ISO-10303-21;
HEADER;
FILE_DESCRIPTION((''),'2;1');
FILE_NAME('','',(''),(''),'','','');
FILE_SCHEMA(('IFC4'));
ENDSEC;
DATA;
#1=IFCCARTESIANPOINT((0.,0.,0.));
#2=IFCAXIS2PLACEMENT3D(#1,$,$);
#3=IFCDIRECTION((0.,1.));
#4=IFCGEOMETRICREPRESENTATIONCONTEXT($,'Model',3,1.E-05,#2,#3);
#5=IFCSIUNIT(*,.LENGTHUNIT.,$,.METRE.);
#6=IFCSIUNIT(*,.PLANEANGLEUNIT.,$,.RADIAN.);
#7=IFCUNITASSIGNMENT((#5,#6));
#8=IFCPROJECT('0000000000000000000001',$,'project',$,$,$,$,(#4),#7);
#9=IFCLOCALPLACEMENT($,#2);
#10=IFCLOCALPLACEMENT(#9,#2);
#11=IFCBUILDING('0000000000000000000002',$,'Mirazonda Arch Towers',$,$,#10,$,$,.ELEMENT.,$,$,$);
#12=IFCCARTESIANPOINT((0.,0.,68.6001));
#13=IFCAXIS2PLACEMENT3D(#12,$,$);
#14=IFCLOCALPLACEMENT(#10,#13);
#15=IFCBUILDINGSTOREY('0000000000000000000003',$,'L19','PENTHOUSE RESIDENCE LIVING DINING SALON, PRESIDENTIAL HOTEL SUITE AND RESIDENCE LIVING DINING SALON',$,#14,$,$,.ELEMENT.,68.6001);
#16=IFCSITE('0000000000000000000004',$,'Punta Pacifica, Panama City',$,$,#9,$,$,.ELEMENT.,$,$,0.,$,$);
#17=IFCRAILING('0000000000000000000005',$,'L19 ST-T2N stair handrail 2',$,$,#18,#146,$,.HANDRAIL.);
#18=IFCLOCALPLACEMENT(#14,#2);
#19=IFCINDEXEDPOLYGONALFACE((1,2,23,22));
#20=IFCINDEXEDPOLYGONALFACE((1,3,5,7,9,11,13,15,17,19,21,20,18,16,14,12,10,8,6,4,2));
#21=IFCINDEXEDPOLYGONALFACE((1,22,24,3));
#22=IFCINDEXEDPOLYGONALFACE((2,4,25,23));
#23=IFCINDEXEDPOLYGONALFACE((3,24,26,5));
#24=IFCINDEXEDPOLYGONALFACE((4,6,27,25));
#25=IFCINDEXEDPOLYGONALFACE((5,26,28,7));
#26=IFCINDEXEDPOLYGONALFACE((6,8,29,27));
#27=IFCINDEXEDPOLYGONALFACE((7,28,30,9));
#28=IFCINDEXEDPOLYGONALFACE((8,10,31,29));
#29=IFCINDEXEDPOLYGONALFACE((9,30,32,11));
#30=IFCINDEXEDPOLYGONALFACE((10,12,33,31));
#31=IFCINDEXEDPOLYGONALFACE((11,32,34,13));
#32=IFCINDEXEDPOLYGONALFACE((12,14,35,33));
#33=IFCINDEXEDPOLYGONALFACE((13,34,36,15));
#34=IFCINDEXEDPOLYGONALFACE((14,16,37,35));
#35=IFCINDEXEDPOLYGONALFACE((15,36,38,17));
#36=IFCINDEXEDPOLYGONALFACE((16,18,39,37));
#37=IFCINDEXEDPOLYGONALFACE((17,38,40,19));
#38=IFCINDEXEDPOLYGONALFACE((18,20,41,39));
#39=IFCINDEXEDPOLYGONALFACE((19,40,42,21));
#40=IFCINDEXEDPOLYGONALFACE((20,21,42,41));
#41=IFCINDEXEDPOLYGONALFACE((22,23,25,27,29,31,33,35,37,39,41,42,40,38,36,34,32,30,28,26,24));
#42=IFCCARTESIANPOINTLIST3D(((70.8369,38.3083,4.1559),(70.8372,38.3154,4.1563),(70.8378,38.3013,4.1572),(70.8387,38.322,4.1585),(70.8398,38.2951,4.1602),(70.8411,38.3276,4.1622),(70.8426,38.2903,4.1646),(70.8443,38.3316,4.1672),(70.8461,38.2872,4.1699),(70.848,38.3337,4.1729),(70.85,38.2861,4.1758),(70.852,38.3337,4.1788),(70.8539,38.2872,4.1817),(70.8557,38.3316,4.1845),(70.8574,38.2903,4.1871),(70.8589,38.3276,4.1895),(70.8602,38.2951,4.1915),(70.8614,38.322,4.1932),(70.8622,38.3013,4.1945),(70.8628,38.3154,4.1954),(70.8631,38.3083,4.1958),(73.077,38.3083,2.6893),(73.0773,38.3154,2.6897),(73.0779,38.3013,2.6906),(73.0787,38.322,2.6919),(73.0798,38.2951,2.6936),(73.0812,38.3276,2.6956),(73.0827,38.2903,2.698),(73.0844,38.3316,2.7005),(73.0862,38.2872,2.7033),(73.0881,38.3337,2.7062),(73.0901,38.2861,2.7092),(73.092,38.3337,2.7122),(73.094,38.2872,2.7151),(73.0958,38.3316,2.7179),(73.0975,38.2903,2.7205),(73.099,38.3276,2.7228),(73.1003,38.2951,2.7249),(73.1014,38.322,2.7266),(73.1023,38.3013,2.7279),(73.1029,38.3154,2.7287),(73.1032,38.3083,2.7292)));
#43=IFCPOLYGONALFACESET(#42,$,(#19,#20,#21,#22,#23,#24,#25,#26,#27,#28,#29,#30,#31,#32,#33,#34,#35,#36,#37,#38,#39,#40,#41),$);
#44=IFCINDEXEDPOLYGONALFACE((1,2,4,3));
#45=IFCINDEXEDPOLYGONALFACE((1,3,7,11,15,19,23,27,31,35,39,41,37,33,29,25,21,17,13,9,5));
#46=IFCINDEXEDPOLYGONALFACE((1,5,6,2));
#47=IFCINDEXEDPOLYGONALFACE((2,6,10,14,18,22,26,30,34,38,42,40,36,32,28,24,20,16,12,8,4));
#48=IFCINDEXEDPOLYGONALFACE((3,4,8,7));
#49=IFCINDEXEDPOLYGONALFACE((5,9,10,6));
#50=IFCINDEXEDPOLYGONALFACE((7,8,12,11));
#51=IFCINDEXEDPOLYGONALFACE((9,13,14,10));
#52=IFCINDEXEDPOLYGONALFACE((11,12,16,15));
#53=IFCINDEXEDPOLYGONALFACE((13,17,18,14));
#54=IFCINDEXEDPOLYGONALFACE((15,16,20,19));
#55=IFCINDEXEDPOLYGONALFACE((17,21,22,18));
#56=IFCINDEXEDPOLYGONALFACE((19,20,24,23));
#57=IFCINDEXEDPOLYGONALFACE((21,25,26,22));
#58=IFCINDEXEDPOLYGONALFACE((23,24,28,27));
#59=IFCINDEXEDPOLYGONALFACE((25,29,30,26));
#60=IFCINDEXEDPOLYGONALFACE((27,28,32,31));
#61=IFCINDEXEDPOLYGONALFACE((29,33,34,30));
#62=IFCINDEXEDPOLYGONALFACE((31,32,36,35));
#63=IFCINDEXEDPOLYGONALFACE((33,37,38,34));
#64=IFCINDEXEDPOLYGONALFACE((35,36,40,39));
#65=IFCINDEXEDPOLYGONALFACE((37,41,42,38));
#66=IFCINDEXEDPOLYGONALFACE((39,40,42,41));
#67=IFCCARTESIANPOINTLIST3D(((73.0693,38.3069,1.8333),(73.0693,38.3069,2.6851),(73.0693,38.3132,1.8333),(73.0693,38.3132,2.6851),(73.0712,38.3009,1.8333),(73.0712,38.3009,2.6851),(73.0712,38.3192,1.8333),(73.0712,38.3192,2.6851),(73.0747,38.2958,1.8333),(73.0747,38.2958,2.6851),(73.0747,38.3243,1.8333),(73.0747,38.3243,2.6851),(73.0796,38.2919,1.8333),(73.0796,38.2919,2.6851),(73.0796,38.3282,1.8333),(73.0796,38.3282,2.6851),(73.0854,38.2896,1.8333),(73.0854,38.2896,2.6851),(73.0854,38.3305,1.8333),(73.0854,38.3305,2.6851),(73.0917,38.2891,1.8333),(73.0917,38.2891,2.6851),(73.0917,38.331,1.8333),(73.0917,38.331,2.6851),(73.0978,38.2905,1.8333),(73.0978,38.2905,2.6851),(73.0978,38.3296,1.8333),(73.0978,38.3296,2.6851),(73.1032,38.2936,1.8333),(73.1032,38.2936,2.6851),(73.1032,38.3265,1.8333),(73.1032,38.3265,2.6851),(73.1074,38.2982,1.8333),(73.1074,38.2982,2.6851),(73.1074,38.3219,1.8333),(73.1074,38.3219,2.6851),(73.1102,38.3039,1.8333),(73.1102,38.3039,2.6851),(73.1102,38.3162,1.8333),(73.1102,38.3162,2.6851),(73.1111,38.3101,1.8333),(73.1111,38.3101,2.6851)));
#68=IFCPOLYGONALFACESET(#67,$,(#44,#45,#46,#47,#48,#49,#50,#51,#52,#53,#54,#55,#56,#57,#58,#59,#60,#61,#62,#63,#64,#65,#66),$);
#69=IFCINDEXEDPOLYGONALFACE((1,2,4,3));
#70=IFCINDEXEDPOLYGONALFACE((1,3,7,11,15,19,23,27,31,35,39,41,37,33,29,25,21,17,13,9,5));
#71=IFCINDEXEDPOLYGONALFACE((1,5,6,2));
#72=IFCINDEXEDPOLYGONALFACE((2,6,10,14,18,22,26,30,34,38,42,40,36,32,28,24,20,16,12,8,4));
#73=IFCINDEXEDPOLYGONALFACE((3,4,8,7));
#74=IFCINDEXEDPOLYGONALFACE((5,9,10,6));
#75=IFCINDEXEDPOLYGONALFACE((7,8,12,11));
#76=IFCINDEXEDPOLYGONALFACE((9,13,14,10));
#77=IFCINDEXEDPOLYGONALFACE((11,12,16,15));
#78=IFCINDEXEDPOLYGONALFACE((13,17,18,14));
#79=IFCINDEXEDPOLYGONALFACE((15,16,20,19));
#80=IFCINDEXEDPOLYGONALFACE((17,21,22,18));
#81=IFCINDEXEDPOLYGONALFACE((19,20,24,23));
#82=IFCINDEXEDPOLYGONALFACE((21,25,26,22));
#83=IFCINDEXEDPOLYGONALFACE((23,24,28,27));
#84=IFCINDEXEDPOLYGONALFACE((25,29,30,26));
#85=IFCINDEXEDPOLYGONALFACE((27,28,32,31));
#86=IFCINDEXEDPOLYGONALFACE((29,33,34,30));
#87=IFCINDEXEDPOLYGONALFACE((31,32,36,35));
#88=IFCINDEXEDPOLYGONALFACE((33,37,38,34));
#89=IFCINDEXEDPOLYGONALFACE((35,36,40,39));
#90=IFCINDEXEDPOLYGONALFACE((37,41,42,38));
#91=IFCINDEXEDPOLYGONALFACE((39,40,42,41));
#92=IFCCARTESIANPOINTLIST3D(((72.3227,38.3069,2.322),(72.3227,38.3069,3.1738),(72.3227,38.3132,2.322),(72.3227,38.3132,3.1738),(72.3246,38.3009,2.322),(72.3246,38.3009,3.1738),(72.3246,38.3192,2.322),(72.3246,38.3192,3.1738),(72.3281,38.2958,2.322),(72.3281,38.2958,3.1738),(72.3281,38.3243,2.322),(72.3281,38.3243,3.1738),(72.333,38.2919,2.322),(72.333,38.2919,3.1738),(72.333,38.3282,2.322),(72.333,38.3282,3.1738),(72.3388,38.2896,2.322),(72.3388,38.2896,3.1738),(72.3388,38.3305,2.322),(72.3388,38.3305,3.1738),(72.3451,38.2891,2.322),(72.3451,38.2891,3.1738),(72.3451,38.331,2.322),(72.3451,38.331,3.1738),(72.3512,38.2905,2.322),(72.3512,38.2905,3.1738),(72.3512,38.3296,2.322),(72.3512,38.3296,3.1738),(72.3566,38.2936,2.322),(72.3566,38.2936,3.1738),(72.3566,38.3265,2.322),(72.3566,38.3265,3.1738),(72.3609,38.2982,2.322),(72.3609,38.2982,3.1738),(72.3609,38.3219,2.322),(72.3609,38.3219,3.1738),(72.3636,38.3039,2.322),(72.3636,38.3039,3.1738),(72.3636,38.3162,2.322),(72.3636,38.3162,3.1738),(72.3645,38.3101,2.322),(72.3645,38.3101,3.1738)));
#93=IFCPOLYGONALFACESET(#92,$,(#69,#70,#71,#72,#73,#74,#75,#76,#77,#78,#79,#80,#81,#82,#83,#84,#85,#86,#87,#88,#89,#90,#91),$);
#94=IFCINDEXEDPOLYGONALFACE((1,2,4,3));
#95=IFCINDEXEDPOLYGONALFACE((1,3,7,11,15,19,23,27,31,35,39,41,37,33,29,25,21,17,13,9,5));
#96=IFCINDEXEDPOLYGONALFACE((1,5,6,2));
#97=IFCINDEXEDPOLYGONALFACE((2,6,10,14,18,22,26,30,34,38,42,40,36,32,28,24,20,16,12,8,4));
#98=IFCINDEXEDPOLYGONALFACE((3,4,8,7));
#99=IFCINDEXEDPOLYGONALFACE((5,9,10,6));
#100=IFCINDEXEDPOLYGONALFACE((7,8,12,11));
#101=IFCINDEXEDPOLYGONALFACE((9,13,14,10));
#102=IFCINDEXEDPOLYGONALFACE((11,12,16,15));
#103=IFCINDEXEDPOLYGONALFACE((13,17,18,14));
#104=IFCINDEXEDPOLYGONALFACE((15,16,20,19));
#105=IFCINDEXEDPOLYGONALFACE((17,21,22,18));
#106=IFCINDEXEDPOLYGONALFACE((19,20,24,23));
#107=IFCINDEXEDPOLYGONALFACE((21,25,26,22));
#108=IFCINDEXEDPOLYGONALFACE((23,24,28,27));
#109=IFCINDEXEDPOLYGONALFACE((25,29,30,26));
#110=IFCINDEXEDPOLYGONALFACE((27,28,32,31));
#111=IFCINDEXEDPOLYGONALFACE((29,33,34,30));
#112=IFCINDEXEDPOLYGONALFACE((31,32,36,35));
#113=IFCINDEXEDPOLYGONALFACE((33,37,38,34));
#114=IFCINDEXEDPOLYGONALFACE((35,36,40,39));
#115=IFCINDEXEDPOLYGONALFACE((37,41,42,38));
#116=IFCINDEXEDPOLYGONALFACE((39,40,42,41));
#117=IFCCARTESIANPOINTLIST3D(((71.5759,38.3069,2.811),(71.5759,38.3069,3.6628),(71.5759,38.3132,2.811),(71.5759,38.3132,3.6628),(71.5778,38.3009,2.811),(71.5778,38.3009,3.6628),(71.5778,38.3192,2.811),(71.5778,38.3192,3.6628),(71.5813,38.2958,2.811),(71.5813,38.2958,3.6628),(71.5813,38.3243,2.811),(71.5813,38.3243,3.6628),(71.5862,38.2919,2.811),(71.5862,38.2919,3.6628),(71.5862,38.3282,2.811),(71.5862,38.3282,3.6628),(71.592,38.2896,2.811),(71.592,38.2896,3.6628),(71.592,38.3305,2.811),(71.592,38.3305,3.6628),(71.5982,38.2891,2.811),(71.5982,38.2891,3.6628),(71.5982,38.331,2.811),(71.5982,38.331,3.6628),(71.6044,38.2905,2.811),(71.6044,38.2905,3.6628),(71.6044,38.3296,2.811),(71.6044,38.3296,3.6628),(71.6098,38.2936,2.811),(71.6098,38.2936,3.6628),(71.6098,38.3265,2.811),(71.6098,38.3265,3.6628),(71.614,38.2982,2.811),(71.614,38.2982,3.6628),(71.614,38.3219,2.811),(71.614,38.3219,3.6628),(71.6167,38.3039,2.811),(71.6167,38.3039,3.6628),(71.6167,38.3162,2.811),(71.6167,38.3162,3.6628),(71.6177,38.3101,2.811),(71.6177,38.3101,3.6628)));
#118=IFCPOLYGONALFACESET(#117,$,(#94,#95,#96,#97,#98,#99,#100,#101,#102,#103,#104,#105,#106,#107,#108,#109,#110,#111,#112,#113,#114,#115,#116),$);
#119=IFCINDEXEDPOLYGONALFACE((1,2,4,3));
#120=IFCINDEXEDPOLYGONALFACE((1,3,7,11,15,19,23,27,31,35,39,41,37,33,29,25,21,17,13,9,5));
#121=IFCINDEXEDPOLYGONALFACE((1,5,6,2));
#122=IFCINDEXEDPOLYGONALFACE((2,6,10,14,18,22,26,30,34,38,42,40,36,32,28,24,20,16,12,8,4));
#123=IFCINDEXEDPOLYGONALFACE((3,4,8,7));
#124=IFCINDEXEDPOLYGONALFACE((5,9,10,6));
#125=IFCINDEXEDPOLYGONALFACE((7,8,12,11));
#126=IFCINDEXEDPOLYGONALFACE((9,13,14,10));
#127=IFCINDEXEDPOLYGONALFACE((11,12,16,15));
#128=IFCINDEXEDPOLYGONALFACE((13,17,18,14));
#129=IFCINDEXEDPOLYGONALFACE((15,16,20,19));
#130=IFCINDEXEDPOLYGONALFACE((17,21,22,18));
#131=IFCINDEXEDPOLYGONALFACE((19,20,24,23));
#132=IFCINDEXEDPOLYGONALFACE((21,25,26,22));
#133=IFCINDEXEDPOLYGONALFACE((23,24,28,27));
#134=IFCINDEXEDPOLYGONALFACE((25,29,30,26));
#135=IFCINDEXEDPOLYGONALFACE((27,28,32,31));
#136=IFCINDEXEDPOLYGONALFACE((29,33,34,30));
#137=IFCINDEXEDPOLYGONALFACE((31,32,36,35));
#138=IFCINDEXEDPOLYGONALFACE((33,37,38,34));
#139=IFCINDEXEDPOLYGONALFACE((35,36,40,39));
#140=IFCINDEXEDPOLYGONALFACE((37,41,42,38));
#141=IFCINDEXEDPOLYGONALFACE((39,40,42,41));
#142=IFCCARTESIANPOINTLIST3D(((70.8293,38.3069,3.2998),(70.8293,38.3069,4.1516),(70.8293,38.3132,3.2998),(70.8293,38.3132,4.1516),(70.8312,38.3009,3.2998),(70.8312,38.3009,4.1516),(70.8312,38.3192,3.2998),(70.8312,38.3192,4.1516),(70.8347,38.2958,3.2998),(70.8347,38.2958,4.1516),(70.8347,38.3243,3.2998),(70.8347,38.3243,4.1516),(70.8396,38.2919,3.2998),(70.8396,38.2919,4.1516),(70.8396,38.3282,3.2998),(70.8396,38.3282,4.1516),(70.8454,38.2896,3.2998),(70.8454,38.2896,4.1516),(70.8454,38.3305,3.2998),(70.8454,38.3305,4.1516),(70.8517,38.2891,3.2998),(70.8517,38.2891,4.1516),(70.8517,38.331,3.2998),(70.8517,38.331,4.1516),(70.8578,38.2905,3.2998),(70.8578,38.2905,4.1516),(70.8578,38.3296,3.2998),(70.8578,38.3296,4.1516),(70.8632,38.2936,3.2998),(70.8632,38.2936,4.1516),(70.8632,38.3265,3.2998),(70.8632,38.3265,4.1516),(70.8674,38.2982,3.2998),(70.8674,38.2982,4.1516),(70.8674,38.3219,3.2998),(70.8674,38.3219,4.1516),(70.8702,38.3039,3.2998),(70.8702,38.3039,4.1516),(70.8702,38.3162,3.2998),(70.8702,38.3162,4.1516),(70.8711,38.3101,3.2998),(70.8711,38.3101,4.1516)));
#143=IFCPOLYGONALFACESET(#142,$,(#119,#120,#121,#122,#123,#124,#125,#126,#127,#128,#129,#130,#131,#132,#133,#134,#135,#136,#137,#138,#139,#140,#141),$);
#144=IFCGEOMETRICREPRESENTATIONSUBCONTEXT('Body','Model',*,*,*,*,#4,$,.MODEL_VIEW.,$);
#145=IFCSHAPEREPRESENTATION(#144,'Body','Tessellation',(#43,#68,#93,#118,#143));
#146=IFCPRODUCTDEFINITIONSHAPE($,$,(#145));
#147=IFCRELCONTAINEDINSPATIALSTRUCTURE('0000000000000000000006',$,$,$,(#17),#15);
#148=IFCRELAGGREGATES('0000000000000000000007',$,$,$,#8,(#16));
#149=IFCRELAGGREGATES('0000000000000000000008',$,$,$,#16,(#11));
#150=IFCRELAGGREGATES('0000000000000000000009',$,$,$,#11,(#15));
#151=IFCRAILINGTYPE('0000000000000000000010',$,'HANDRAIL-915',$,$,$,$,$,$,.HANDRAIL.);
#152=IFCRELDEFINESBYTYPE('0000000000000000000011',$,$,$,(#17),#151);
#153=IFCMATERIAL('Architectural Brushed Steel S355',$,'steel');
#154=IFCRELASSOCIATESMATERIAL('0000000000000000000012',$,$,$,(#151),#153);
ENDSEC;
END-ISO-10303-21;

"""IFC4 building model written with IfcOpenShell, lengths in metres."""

from ifc_helpers import new_model, si_unit, direction, frame, origin, origin_2d, place, context, subcontext, project, spatial, circle, extrude, material, type_object, element, save


model = new_model("IFC4")

# Units and contexts
model_context = context("Model", 3, precision=1e-05, world=origin(), true_north=direction((0.0, 1.0)))
body_context = subcontext(model_context, "Body", "Model", "MODEL_VIEW")
ifc_project = project(units=[si_unit("LENGTHUNIT", "METRE"), si_unit("PLANEANGLEUNIT", "RADIAN")], contexts=[model_context])

# Site, building, storey
site_placement = place(None, origin())
site = spatial("IfcSite", under=ifc_project, at=site_placement, Name="Punta Pacifica, Panama City", CompositionType="ELEMENT", RefElevation=0.0)
building_placement = place(site_placement, origin())
building = spatial("IfcBuilding", under=site, at=building_placement, Name="Mirazonda Arch Towers", CompositionType="ELEMENT")
storey_placement = place(building_placement, frame((0.0, 0.0, 68.6001)))
storey = spatial("IfcBuildingStorey", under=building, at=storey_placement, Name="L19", Description="PENTHOUSE RESIDENCE LIVING DINING SALON, PRESIDENTIAL HOTEL SUITE AND RESIDENCE LIVING DINING SALON", CompositionType="ELEMENT", Elevation=68.6001)

# Railing
ifc_material_1 = material(Name="Architectural Brushed Steel S355", Category="steel")
railing_type_1 = type_object("IfcRailingType", Name="HANDRAIL-915", PredefinedType="HANDRAIL", material=ifc_material_1)
railing_1_placement = place(storey_placement, frame((73.0901, 38.3101, 1.8333)))
element("IfcRailing", 1, at=railing_1_placement, inside=storey, type_object=railing_type_1, Name="L19 ST-T2N stair handrail 2", PredefinedType="HANDRAIL", context=body_context, shape_type="SweptSolid", body=[
    extrude(circle(Radius=0.0239, at=origin_2d()), frame((0.0, 0.0, 0.876), z_axis=(-0.836637, 0.0, 0.547758), x_axis=(0.0, -1.0, 0.0)), (0.0, 0.0, 1.0), 2.6775),
    extrude(circle(Radius=0.021, at=origin_2d()), origin(), (0.0, 0.0, 1.0), 0.8518),
    extrude(circle(Radius=0.021, at=origin_2d()), frame((-0.7466, 0.0, 0.4888)), (0.0, 0.0, 1.0), 0.8518),
    extrude(circle(Radius=0.021, at=origin_2d()), frame((-1.4934, 0.0, 0.9778)), (0.0, 0.0, 1.0), 0.8518),
    extrude(circle(Radius=0.021, at=origin_2d()), frame((-2.24, 0.0, 1.4666)), (0.0, 0.0, 1.0), 0.8518),
])

save(model, "model.ifc")
